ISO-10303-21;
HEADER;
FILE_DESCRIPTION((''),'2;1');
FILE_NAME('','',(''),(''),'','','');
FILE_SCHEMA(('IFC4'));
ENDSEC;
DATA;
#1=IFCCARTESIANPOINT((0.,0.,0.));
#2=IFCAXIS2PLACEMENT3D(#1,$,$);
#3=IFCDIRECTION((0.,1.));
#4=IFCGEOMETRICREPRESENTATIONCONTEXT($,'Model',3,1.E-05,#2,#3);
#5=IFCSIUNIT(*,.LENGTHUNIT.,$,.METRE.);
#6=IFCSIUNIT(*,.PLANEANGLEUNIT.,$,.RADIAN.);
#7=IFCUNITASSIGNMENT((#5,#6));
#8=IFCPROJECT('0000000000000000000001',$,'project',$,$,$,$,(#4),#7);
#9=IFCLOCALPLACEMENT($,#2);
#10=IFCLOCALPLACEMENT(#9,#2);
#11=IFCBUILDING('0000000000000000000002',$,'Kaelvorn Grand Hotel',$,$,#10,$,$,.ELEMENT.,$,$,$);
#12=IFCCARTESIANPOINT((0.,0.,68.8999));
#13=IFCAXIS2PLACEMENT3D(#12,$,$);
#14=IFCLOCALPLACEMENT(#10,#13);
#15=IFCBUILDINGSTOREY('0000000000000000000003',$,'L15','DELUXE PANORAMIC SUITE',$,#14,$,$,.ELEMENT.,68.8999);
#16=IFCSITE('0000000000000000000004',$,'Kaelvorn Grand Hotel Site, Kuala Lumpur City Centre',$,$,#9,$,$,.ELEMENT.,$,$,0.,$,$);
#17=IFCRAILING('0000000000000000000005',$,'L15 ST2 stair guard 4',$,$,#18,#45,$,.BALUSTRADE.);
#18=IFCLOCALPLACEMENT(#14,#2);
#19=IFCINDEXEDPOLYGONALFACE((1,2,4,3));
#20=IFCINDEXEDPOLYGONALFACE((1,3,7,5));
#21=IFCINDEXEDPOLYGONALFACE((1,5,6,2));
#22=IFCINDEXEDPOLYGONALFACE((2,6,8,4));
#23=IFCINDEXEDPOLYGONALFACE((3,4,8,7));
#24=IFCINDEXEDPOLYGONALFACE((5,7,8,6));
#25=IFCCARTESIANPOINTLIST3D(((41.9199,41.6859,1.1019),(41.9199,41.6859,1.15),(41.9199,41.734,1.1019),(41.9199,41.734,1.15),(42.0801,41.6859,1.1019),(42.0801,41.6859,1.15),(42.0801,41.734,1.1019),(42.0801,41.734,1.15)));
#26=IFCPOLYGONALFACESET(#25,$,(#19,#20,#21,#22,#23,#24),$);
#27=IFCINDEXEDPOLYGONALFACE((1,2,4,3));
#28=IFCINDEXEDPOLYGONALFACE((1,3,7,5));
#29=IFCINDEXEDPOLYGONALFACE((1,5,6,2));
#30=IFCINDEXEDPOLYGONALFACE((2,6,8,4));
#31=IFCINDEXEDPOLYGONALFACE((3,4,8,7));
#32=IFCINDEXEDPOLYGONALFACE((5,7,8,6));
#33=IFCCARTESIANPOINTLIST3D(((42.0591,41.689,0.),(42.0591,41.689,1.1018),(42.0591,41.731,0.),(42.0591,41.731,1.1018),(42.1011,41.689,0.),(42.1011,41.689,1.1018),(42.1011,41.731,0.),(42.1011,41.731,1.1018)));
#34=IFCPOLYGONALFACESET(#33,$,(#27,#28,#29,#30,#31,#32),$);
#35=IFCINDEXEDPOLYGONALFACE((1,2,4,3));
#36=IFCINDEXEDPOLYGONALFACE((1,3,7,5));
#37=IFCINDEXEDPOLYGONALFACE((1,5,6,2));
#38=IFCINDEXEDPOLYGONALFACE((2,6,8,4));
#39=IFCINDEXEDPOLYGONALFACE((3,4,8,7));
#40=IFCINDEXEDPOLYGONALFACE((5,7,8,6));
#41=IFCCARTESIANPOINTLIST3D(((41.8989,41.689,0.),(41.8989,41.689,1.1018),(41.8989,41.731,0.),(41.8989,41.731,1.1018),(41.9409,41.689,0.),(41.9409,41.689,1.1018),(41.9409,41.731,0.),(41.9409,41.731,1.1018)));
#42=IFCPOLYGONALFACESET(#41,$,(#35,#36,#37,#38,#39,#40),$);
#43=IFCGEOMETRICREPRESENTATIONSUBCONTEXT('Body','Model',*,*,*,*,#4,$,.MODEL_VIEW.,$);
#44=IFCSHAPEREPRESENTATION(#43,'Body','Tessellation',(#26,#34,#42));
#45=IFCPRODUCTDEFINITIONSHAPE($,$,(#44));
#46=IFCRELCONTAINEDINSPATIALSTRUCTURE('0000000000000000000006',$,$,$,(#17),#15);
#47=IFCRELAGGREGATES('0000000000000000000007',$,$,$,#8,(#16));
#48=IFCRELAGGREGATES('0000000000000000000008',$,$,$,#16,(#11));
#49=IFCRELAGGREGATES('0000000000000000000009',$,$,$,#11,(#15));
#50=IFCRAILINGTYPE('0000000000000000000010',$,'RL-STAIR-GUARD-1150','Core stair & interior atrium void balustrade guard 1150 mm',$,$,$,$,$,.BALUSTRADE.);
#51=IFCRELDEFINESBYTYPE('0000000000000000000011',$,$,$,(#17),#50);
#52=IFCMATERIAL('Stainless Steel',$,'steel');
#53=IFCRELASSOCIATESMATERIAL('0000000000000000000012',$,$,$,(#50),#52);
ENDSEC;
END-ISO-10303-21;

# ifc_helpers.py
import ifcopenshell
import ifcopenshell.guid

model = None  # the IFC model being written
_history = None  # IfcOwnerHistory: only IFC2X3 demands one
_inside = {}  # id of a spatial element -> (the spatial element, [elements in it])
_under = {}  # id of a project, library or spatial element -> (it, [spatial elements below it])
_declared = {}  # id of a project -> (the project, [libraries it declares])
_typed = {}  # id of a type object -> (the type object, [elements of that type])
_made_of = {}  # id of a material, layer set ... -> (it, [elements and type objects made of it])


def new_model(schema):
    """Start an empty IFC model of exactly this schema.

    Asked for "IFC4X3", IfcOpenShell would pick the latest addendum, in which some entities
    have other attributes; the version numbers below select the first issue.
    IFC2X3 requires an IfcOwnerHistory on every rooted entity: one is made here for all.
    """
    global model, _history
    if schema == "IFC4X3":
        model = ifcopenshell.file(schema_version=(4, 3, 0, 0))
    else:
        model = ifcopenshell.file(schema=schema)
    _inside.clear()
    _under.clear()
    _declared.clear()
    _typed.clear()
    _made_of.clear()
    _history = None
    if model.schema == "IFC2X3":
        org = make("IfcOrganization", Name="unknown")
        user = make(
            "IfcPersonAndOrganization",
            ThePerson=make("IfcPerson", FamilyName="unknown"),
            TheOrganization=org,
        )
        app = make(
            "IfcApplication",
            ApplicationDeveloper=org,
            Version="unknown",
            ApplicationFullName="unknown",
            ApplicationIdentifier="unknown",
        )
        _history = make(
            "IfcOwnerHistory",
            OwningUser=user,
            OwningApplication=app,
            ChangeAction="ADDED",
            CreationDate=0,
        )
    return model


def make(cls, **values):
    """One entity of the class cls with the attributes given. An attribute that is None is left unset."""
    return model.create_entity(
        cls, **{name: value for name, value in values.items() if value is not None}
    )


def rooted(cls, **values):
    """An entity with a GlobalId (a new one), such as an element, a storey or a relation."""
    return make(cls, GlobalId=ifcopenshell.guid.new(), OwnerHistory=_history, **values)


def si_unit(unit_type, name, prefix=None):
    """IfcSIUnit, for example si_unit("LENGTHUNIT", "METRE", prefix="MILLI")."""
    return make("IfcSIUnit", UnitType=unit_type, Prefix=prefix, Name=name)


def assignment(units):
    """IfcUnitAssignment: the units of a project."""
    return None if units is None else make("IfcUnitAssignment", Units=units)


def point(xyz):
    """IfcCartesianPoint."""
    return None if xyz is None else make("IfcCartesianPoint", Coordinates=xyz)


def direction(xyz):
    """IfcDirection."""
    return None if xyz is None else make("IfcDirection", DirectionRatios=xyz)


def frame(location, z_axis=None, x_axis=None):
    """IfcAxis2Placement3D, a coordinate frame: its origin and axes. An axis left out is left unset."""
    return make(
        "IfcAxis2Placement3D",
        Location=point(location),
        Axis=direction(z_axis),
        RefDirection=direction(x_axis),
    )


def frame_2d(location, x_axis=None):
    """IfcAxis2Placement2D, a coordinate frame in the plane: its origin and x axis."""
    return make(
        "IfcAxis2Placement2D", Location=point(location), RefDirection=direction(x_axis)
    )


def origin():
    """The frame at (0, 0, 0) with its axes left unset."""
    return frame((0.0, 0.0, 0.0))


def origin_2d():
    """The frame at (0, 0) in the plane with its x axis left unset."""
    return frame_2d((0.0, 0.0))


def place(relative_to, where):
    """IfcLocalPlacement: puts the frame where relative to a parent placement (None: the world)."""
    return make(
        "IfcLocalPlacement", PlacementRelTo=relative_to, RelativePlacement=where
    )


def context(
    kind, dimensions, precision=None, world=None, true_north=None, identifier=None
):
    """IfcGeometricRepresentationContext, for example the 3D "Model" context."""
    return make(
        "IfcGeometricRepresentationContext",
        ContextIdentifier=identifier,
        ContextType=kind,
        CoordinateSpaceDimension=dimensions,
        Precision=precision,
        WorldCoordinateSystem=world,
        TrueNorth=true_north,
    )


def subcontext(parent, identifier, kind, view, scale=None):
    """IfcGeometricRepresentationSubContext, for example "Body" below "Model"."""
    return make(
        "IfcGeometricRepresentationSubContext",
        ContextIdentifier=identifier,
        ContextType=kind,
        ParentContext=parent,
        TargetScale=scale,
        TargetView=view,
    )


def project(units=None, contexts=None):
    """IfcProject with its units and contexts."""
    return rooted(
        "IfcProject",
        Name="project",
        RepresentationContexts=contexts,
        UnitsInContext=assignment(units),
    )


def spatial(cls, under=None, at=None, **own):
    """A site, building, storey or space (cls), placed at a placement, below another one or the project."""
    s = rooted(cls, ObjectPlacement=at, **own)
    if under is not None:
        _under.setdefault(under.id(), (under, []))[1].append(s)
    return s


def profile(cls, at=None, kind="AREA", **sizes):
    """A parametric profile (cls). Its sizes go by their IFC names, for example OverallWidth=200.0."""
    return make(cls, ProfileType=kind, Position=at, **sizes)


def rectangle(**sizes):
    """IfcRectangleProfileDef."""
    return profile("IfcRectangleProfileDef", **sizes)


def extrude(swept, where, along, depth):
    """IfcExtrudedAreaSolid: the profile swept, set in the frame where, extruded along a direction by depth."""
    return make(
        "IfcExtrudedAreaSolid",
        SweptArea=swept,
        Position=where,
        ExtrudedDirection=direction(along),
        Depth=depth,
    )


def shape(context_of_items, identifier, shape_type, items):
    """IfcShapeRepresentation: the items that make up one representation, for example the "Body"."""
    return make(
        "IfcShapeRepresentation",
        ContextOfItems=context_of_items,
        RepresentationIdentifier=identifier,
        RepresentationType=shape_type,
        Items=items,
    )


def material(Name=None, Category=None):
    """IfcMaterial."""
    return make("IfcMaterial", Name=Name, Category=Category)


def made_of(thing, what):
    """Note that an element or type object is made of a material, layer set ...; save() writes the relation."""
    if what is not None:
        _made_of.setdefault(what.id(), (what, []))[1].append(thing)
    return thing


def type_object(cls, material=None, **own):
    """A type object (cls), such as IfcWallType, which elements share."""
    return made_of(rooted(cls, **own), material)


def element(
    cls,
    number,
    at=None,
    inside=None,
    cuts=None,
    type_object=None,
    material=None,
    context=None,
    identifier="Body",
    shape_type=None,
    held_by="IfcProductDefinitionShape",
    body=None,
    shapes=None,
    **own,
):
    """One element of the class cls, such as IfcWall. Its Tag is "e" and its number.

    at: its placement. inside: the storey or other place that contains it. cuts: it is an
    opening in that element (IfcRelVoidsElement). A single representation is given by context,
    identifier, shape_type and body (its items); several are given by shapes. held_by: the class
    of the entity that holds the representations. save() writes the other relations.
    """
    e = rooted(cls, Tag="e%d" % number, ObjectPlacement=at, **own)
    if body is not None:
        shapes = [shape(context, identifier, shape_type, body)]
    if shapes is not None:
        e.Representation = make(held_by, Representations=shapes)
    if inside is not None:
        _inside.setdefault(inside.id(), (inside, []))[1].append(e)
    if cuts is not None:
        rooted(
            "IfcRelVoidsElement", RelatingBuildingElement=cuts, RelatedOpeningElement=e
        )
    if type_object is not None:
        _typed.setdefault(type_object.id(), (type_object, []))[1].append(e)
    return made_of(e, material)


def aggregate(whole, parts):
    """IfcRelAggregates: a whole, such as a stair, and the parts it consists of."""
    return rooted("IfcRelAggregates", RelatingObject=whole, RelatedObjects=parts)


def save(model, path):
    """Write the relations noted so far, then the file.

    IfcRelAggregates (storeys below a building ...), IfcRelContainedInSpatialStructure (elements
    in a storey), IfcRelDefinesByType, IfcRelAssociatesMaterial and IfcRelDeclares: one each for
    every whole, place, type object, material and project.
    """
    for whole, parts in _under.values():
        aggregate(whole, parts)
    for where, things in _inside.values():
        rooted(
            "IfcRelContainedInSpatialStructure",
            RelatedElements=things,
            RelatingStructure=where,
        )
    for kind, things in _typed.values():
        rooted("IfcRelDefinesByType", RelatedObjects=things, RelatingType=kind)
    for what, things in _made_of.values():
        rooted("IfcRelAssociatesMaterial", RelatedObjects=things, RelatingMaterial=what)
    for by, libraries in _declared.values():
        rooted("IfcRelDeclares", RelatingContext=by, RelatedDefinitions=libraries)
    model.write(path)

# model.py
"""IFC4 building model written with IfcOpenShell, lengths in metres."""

from ifc_helpers import new_model, si_unit, direction, frame, origin, origin_2d, place, context, subcontext, project, spatial, rectangle, extrude, material, type_object, element, save


model = new_model("IFC4")

# Units and contexts
model_context = context("Model", 3, precision=1e-05, world=origin(), true_north=direction((0.0, 1.0)))
body_context = subcontext(model_context, "Body", "Model", "MODEL_VIEW")
ifc_project = project(units=[si_unit("LENGTHUNIT", "METRE"), si_unit("PLANEANGLEUNIT", "RADIAN")], contexts=[model_context])

# Site, building, storey
site_placement = place(None, origin())
site = spatial("IfcSite", under=ifc_project, at=site_placement, Name="Kaelvorn Grand Hotel Site, Kuala Lumpur City Centre", CompositionType="ELEMENT", RefElevation=0.0)
building_placement = place(site_placement, origin())
building = spatial("IfcBuilding", under=site, at=building_placement, Name="Kaelvorn Grand Hotel", CompositionType="ELEMENT")
storey_placement = place(building_placement, frame((0.0, 0.0, 68.8999)))
storey = spatial("IfcBuildingStorey", under=building, at=storey_placement, Name="L15", Description="DELUXE PANORAMIC SUITE", CompositionType="ELEMENT", Elevation=68.8999)

# Shared definitions
ifc_material_1 = material(Name="Stainless Steel", Category="steel")

# Railing
railing_type_1 = type_object("IfcRailingType", Name="RL-STAIR-GUARD-1150", Description="Core stair & interior atrium void balustrade guard 1150 mm", PredefinedType="BALUSTRADE", material=ifc_material_1)
railing_1_placement = place(storey_placement, frame((42.0801, 41.71, 0.0)))
element("IfcRailing", 1, at=railing_1_placement, inside=storey, type_object=railing_type_1, Name="L15 ST2 stair guard 4", PredefinedType="BALUSTRADE", context=body_context, shape_type="SweptSolid", body=[
    extrude(rectangle(XDim=0.0481, YDim=0.0481, at=origin_2d()), frame((0.0, 0.0, 1.126), z_axis=(-1.0, 0.0, 0.0), x_axis=(0.0, -1.0, 0.0)), (0.0, 0.0, 1.0), 0.1602),
    extrude(rectangle(XDim=0.042, YDim=0.042, at=origin_2d()), origin(), (0.0, 0.0, 1.0), 1.1018),
    extrude(rectangle(XDim=0.042, YDim=0.042, at=origin_2d()), frame((-0.1602, 0.0, 0.0)), (0.0, 0.0, 1.0), 1.1018),
])

save(model, "model.ifc")
